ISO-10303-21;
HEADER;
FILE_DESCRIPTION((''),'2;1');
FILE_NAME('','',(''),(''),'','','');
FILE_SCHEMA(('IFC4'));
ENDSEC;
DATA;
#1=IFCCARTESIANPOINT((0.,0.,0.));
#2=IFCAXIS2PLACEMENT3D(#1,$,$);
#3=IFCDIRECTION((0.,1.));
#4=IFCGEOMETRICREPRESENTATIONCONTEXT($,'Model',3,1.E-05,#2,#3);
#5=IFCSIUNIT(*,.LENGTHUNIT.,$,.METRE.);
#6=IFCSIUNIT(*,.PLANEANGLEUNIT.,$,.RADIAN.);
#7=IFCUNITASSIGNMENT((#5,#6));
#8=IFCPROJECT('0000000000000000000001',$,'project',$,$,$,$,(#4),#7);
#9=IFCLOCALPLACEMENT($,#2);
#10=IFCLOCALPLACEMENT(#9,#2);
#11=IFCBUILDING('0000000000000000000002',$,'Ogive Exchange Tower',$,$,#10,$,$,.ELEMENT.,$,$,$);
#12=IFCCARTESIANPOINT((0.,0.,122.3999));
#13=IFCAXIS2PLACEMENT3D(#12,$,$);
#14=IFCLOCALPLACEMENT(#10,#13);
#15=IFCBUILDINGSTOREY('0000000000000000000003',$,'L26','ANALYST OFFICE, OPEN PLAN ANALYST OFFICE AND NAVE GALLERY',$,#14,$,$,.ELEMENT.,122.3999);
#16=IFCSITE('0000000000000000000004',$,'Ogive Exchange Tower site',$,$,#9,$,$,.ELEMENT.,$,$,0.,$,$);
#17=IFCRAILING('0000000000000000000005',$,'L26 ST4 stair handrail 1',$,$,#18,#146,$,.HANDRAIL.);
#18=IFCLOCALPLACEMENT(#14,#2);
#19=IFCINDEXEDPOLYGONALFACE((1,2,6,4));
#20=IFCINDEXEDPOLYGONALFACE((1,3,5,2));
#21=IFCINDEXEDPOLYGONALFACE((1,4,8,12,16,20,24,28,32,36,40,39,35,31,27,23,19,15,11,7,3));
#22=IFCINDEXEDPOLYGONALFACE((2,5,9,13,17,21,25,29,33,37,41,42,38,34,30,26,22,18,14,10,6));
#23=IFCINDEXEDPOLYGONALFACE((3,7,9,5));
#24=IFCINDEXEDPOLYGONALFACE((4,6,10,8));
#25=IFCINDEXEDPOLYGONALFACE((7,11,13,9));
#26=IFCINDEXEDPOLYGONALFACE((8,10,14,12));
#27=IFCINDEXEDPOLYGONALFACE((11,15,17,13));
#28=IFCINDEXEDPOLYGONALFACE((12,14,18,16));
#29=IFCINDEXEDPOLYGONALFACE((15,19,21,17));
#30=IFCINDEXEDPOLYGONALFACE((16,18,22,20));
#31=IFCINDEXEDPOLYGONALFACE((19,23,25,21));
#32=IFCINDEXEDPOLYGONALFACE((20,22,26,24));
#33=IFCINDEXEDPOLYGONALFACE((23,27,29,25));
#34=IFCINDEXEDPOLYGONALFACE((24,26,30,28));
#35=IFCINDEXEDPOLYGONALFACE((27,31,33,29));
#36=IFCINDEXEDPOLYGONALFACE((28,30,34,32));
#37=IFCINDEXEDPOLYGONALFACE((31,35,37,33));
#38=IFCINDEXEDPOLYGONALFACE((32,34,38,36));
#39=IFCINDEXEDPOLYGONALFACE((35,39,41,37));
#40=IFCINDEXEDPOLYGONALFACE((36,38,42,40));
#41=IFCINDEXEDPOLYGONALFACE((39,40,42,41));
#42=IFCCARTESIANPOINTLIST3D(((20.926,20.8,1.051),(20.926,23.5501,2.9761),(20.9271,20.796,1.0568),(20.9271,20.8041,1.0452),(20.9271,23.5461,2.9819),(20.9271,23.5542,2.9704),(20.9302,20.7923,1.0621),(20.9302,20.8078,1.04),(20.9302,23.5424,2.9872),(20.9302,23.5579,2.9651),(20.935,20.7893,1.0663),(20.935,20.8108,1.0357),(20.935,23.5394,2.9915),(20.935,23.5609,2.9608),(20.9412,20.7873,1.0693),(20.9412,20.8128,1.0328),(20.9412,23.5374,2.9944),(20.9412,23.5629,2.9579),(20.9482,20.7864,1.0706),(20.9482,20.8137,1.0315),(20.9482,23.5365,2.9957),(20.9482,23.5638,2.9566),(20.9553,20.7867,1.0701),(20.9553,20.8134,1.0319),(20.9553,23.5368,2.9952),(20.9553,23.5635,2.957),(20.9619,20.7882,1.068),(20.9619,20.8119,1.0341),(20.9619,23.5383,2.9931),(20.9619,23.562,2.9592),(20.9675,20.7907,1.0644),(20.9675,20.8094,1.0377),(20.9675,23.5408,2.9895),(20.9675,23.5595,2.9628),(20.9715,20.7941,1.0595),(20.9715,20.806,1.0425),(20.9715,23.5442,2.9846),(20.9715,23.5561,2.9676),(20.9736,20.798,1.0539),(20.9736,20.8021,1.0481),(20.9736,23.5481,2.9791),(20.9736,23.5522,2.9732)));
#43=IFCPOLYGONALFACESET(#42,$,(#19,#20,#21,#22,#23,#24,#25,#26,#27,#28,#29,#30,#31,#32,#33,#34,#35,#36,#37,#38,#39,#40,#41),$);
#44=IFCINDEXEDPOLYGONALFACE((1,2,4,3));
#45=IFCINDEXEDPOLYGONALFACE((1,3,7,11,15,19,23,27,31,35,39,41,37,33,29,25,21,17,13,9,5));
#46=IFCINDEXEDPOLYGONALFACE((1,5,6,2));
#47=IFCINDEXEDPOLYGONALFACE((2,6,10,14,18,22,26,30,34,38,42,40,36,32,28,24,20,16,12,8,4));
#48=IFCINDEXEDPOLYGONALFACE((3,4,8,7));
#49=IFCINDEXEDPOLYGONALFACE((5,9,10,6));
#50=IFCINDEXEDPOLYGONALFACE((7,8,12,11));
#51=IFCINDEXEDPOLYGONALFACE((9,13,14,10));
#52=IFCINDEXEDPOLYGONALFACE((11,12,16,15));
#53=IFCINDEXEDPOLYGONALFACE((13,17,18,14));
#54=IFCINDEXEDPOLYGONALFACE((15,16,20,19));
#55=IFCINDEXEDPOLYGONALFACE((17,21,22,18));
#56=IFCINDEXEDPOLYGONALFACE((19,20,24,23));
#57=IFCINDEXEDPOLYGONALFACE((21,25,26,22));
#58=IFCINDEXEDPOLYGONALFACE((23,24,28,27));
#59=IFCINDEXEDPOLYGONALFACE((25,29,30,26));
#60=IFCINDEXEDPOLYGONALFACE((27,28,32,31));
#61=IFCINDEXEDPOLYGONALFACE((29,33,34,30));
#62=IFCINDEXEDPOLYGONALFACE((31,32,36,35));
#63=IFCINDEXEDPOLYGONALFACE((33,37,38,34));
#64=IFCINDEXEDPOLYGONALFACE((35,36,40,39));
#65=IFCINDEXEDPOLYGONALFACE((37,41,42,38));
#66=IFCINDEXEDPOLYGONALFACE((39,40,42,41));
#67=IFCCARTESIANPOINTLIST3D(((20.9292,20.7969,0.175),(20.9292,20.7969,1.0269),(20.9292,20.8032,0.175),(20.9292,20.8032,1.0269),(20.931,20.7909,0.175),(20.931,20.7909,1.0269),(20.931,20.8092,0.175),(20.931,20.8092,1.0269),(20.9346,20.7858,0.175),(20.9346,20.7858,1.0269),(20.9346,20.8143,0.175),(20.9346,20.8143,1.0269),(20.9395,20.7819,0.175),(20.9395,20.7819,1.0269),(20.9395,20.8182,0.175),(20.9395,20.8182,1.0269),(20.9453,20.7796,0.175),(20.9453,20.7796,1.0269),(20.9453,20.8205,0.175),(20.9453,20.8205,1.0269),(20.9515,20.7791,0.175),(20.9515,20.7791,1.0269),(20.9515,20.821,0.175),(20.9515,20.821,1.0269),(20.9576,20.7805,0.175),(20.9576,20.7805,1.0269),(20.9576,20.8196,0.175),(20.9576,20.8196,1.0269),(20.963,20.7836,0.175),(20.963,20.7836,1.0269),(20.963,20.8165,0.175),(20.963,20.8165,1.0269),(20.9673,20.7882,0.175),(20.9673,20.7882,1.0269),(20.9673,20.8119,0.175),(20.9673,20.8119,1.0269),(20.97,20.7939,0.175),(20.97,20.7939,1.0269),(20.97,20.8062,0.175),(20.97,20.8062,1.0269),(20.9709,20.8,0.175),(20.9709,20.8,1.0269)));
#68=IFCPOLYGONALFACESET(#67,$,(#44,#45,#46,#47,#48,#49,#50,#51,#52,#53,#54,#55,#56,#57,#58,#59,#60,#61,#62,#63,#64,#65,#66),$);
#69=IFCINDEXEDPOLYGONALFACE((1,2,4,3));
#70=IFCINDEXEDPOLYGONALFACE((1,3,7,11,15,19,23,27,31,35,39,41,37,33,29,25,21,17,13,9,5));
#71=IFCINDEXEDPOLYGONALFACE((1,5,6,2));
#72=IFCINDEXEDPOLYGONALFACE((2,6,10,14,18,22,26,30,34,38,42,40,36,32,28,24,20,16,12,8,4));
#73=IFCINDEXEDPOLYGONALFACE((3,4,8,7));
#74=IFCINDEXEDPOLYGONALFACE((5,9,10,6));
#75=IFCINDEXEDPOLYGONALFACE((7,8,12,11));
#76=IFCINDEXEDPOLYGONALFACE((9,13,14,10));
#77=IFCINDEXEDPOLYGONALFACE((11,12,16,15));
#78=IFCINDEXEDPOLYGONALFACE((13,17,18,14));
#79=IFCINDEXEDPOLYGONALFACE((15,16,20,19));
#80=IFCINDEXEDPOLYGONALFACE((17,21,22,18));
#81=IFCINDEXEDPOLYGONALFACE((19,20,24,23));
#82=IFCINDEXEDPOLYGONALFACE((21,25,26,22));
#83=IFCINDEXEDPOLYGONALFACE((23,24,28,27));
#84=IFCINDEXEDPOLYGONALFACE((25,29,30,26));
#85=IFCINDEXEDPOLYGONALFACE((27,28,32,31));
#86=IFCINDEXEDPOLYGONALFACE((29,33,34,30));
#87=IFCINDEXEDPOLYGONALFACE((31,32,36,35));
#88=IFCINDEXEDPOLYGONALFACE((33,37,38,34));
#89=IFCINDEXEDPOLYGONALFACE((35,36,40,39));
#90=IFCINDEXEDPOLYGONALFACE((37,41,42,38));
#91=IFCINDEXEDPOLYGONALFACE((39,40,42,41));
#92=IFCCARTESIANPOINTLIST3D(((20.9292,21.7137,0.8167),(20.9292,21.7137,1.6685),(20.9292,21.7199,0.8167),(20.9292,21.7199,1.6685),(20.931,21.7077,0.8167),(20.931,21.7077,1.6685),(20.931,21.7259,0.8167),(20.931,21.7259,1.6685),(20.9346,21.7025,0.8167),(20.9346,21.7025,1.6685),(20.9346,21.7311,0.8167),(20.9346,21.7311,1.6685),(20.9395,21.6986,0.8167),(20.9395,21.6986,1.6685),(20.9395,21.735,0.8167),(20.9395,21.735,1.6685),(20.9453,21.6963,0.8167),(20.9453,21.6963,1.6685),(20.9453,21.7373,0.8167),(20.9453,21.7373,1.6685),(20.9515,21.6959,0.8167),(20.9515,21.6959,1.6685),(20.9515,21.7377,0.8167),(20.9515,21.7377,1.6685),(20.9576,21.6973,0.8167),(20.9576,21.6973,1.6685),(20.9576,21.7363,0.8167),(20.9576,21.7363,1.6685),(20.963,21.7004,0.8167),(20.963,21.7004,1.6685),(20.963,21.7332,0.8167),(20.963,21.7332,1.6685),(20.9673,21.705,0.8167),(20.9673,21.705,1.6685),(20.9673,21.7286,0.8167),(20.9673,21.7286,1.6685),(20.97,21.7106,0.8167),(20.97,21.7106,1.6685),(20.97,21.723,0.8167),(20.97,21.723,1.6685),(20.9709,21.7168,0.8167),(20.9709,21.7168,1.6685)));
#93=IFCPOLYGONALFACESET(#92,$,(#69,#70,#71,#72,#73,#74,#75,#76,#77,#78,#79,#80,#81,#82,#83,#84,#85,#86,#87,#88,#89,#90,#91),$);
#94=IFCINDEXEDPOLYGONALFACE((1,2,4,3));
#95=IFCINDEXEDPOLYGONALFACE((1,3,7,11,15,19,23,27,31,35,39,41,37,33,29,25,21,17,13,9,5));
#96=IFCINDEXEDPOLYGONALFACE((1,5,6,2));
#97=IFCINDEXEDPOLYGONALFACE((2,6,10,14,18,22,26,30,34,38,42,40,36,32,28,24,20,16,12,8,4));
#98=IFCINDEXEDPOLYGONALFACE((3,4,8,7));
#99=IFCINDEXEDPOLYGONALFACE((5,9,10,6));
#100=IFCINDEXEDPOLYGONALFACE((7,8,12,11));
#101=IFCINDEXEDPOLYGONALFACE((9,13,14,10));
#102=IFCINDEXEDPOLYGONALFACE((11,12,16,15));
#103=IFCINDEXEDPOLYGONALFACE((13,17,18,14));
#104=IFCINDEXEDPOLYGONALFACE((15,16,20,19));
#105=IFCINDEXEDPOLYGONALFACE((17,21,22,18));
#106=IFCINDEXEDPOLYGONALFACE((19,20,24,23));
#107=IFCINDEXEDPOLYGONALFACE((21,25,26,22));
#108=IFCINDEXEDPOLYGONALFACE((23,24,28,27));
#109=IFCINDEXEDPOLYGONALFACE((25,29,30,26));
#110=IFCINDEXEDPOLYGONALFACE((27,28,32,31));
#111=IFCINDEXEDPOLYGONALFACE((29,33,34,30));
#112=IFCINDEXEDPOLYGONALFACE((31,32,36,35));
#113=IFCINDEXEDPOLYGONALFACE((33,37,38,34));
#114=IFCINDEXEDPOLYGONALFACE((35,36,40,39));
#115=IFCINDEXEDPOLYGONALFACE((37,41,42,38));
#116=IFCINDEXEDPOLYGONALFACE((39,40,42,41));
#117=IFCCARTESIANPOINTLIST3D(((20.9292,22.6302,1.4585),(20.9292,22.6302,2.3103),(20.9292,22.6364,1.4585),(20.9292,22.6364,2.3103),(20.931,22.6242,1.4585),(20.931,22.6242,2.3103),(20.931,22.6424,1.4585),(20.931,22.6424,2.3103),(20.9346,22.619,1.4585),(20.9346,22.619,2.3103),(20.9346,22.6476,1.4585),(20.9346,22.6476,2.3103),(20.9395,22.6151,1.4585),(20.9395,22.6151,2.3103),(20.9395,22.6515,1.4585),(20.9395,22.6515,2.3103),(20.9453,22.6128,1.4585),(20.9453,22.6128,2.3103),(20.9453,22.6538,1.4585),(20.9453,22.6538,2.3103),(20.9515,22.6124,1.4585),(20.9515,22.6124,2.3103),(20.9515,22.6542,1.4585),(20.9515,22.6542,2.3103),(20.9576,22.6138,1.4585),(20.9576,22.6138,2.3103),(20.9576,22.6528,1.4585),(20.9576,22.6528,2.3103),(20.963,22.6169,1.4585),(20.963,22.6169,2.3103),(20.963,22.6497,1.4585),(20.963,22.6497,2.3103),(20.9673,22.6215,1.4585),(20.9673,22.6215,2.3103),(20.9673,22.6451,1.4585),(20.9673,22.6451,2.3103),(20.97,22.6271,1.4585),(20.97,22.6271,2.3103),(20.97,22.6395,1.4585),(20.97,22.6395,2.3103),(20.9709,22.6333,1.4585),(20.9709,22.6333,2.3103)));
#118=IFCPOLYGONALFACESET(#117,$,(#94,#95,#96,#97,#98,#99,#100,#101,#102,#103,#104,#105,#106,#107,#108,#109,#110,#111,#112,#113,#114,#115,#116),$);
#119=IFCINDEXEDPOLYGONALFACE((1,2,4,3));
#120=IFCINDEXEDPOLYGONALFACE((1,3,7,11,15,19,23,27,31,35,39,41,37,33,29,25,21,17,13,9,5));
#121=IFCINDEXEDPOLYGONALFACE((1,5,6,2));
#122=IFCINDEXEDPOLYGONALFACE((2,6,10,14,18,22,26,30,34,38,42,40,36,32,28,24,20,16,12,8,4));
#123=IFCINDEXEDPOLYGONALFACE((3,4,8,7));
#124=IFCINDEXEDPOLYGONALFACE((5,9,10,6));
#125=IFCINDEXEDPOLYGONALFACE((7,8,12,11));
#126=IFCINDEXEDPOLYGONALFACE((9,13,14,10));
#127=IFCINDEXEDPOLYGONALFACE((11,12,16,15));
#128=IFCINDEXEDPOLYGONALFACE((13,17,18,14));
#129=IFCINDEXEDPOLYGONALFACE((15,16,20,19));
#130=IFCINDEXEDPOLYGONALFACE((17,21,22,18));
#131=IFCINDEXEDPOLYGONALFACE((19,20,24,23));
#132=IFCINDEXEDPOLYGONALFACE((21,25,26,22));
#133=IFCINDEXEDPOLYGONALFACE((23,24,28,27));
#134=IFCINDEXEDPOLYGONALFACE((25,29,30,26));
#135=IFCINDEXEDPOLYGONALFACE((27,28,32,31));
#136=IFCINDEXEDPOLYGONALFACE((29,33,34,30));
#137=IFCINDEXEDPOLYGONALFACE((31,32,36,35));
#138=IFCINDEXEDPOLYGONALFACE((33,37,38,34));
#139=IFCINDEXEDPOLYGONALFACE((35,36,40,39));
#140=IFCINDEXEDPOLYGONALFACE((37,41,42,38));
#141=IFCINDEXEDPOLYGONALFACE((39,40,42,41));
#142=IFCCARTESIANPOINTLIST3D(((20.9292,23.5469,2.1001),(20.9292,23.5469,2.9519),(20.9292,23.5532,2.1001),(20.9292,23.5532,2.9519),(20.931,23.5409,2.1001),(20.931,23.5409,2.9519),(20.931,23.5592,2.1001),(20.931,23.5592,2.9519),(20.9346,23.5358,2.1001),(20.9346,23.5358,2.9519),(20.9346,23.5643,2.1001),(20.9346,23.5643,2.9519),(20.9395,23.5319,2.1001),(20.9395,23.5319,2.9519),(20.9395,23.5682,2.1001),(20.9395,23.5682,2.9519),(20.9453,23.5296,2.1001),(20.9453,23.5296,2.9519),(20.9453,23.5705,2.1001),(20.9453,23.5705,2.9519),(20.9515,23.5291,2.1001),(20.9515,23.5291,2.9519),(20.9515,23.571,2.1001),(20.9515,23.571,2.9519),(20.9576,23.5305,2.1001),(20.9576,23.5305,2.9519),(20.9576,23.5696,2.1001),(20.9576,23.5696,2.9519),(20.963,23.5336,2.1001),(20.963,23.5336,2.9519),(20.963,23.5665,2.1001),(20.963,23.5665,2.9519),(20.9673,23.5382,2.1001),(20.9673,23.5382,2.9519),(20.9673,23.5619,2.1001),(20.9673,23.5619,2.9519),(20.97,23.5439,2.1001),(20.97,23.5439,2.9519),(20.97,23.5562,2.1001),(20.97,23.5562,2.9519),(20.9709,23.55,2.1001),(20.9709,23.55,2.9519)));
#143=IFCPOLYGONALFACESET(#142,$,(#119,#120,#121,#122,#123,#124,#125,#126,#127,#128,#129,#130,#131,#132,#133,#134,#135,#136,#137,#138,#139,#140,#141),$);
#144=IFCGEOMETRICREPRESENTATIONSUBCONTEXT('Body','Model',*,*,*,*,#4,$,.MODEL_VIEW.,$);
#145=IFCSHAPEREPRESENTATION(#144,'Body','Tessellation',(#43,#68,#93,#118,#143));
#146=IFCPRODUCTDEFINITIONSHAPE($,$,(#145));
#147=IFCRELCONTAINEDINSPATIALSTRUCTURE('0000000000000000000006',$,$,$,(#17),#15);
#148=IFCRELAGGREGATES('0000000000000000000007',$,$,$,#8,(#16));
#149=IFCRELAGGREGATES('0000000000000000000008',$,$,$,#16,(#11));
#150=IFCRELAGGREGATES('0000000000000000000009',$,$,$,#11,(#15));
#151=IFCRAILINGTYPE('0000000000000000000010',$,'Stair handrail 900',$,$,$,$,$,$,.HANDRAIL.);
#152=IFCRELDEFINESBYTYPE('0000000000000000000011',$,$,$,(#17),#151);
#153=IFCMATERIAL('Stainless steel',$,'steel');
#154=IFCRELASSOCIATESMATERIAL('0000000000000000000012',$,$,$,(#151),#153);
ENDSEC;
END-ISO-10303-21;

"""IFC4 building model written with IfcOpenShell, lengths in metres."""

from ifc_helpers import new_model, si_unit, direction, frame, origin, origin_2d, place, context, subcontext, project, spatial, circle, extrude, material, type_object, element, save


model = new_model("IFC4")

# Units and contexts
model_context = context("Model", 3, precision=1e-05, world=origin(), true_north=direction((0.0, 1.0)))
body_context = subcontext(model_context, "Body", "Model", "MODEL_VIEW")
ifc_project = project(units=[si_unit("LENGTHUNIT", "METRE"), si_unit("PLANEANGLEUNIT", "RADIAN")], contexts=[model_context])

# Site, building, storey
site_placement = place(None, origin())
site = spatial("IfcSite", under=ifc_project, at=site_placement, Name="Ogive Exchange Tower site", CompositionType="ELEMENT", RefElevation=0.0)
building_placement = place(site_placement, origin())
building = spatial("IfcBuilding", under=site, at=building_placement, Name="Ogive Exchange Tower", CompositionType="ELEMENT")
storey_placement = place(building_placement, frame((0.0, 0.0, 122.3999)))
storey = spatial("IfcBuildingStorey", under=building, at=storey_placement, Name="L26", Description="ANALYST OFFICE, OPEN PLAN ANALYST OFFICE AND NAVE GALLERY", CompositionType="ELEMENT", Elevation=122.3999)

# Railing
ifc_material_1 = material(Name="Stainless steel", Category="steel")
railing_type = type_object("IfcRailingType", Name="Stair handrail 900", PredefinedType="HANDRAIL", material=ifc_material_1)
railing_placement = place(storey_placement, frame((20.95, 20.8, 0.175)))
element("IfcRailing", 1, at=railing_placement, inside=storey, type_object=railing_type, Name="L26 ST4 stair handrail 1", PredefinedType="HANDRAIL", context=body_context, shape_type="SweptSolid", body=[
    extrude(circle(Radius=0.0239, at=origin_2d()), frame((0.0, 0.0, 0.876), z_axis=(0.0, 0.819225, 0.573472), x_axis=(-1.0, 0.0, 0.0)), (0.0, 0.0, 1.0), 3.3569),
    extrude(circle(Radius=0.021, at=origin_2d()), origin(), (0.0, 0.0, 1.0), 0.8518),
    extrude(circle(Radius=0.021, at=origin_2d()), frame((0.0, 0.9167, 0.6416)), (0.0, 0.0, 1.0), 0.8518),
    extrude(circle(Radius=0.021, at=origin_2d()), frame((0.0, 1.8333, 1.2834)), (0.0, 0.0, 1.0), 0.8518),
    extrude(circle(Radius=0.021, at=origin_2d()), frame((0.0, 2.75, 1.925)), (0.0, 0.0, 1.0), 0.8518),
])

save(model, "model.ifc")
